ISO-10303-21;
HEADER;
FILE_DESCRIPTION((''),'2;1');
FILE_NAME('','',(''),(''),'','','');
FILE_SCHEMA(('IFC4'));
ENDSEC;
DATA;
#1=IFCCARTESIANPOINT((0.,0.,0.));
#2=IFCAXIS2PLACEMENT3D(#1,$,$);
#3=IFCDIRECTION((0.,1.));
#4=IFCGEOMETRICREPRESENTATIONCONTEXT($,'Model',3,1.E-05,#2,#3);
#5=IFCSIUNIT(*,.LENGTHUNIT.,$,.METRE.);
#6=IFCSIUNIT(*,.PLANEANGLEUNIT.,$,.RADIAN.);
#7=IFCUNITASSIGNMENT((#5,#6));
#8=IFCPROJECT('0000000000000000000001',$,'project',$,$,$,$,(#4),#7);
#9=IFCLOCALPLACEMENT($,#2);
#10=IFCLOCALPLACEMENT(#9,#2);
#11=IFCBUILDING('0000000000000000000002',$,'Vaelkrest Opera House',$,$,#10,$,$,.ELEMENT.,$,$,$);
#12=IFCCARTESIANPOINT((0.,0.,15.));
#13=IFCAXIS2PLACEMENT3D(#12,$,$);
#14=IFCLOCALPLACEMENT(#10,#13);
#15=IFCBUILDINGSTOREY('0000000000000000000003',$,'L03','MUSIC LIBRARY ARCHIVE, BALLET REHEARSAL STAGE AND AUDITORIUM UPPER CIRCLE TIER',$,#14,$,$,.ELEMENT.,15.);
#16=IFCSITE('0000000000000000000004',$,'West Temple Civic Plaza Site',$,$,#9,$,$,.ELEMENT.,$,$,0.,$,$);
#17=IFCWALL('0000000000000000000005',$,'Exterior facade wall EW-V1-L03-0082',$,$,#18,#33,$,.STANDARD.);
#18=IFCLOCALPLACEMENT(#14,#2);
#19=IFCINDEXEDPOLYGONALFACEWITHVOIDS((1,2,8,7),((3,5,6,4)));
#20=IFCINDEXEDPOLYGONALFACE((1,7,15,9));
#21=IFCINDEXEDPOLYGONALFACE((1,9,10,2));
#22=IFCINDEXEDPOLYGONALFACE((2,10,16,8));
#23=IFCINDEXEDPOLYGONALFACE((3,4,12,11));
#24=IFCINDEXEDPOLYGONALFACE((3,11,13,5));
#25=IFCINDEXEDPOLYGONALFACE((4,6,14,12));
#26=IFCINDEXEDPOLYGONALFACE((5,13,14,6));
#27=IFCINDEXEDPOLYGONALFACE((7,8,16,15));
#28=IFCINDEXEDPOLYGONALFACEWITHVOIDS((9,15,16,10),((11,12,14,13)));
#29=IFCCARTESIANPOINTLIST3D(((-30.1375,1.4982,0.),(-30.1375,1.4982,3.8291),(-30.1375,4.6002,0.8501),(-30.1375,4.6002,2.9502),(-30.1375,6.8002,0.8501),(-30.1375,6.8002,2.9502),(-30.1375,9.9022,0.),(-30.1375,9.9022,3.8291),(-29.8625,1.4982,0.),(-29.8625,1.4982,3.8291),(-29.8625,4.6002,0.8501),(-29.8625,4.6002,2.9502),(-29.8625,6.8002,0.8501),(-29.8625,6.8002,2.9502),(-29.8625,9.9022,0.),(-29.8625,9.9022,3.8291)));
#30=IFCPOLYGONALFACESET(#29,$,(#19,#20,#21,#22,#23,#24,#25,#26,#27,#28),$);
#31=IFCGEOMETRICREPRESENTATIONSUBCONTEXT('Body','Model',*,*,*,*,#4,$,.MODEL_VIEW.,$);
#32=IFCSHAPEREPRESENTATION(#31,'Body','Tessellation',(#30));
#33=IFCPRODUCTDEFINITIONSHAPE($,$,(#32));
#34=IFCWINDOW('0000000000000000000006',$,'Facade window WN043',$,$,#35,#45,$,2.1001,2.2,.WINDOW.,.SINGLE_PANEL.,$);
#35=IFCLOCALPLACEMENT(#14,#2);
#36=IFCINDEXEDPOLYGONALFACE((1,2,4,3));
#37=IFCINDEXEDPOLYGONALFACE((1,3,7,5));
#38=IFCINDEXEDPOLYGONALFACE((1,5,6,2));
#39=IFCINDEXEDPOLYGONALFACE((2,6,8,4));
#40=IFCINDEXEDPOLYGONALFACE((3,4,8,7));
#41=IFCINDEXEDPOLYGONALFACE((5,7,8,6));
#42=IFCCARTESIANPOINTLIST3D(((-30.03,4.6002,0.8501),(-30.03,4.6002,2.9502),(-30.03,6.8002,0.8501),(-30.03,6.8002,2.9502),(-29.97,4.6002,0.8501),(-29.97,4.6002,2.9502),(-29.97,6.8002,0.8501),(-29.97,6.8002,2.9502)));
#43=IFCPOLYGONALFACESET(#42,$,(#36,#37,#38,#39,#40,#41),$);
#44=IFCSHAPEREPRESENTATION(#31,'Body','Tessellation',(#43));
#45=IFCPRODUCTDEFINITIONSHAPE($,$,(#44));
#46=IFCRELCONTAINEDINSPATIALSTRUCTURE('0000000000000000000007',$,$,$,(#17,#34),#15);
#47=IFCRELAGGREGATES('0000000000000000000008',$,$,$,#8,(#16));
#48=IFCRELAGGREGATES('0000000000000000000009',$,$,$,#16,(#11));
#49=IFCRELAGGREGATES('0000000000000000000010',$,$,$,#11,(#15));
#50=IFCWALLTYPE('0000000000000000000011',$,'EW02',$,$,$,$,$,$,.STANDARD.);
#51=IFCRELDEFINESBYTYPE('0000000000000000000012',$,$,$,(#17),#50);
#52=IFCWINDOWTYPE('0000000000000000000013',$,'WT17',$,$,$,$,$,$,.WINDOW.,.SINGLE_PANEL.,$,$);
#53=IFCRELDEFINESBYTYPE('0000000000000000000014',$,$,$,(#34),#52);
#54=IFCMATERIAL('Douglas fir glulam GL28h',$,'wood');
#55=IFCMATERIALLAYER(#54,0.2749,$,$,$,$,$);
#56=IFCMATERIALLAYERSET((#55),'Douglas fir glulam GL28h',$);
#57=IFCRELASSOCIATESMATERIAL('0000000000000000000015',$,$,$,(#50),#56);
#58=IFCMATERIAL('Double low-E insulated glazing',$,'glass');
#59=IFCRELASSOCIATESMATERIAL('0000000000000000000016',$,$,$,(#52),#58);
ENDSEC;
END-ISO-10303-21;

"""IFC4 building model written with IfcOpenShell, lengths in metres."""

from ifc_helpers import new_model, si_unit, direction, frame, frame_2d, origin, place, context, subcontext, project, spatial, rectangle, extrude, material, layer, layer_set, type_object, element, fill, save


model = new_model("IFC4")

# Units and contexts
model_context = context("Model", 3, precision=1e-05, world=origin(), true_north=direction((0.0, 1.0)))
body_context = subcontext(model_context, "Body", "Model", "MODEL_VIEW")
ifc_project = project(units=[si_unit("LENGTHUNIT", "METRE"), si_unit("PLANEANGLEUNIT", "RADIAN")], contexts=[model_context])

# Site, building, storey
site_placement = place(None, origin())
site = spatial("IfcSite", under=ifc_project, at=site_placement, Name="West Temple Civic Plaza Site", CompositionType="ELEMENT", RefElevation=0.0)
building_placement = place(site_placement, origin())
building = spatial("IfcBuilding", under=site, at=building_placement, Name="Vaelkrest Opera House", CompositionType="ELEMENT")
storey_placement = place(building_placement, frame((0.0, 0.0, 15.0)))
storey = spatial("IfcBuildingStorey", under=building, at=storey_placement, Name="L03", Description="MUSIC LIBRARY ARCHIVE, BALLET REHEARSAL STAGE AND AUDITORIUM UPPER CIRCLE TIER", CompositionType="ELEMENT", Elevation=15.0)

# Wall, opening, window
ifc_material_1 = material(Name="Douglas fir glulam GL28h", Category="wood")
ifc_layer_1 = layer(ifc_material_1, 0.2749)
ifc_layer_set_1 = layer_set([ifc_layer_1], Name="Douglas fir glulam GL28h")
wall_type = type_object("IfcWallType", Name="EW02", PredefinedType="STANDARD", material=ifc_layer_set_1)
wall_placement = place(storey_placement, frame((-30.0, 1.498, 0.0), z_axis=(0.0, 0.0, 1.0), x_axis=(0.0, 1.0, 0.0)))
wall = element("IfcWall", 1, at=wall_placement, inside=storey, type_object=wall_type, Name="Exterior facade wall EW-V1-L03-0082", PredefinedType="STANDARD", context=body_context, shape_type="SweptSolid", body=[
    extrude(rectangle(XDim=8.4041, YDim=0.2749, at=frame_2d((4.2021, 0.0))), origin(), (0.0, 0.0, 1.0), 3.8291),
])
opening_placement = place(wall_placement, frame((3.1021, 0.0, 0.8501)))
opening = element("IfcOpeningElement", 2, at=opening_placement, cuts=wall, PredefinedType="OPENING", context=body_context, shape_type="SweptSolid", body=[
    extrude(rectangle(XDim=2.2, YDim=2.1001, at=frame_2d((1.1001, 1.05))), frame((0.0, 0.1475, 0.0), z_axis=(0.0, -1.0, 0.0), x_axis=(1.0, 0.0, 0.0)), (0.0, 0.0, 1.0), 0.2949),
])
ifc_material_2 = material(Name="Double low-E insulated glazing", Category="glass")
window_type = type_object("IfcWindowType", Name="WT17", PartitioningType="SINGLE_PANEL", PredefinedType="WINDOW", material=ifc_material_2)
window_placement = place(opening_placement, origin())
window = element("IfcWindow", 3, at=window_placement, inside=storey, type_object=window_type, Name="Facade window WN043", OverallHeight=2.1001, OverallWidth=2.2, PartitioningType="SINGLE_PANEL", PredefinedType="WINDOW", context=body_context, shape_type="SweptSolid", body=[
    extrude(rectangle(XDim=2.2, YDim=2.1001, at=frame_2d((1.1001, 1.05))), frame((0.0, 0.03, 0.0), z_axis=(0.0, -1.0, 0.0), x_axis=(1.0, 0.0, 0.0)), (0.0, 0.0, 1.0), 0.0601),
])
fill(opening, window)

save(model, "model.ifc")
